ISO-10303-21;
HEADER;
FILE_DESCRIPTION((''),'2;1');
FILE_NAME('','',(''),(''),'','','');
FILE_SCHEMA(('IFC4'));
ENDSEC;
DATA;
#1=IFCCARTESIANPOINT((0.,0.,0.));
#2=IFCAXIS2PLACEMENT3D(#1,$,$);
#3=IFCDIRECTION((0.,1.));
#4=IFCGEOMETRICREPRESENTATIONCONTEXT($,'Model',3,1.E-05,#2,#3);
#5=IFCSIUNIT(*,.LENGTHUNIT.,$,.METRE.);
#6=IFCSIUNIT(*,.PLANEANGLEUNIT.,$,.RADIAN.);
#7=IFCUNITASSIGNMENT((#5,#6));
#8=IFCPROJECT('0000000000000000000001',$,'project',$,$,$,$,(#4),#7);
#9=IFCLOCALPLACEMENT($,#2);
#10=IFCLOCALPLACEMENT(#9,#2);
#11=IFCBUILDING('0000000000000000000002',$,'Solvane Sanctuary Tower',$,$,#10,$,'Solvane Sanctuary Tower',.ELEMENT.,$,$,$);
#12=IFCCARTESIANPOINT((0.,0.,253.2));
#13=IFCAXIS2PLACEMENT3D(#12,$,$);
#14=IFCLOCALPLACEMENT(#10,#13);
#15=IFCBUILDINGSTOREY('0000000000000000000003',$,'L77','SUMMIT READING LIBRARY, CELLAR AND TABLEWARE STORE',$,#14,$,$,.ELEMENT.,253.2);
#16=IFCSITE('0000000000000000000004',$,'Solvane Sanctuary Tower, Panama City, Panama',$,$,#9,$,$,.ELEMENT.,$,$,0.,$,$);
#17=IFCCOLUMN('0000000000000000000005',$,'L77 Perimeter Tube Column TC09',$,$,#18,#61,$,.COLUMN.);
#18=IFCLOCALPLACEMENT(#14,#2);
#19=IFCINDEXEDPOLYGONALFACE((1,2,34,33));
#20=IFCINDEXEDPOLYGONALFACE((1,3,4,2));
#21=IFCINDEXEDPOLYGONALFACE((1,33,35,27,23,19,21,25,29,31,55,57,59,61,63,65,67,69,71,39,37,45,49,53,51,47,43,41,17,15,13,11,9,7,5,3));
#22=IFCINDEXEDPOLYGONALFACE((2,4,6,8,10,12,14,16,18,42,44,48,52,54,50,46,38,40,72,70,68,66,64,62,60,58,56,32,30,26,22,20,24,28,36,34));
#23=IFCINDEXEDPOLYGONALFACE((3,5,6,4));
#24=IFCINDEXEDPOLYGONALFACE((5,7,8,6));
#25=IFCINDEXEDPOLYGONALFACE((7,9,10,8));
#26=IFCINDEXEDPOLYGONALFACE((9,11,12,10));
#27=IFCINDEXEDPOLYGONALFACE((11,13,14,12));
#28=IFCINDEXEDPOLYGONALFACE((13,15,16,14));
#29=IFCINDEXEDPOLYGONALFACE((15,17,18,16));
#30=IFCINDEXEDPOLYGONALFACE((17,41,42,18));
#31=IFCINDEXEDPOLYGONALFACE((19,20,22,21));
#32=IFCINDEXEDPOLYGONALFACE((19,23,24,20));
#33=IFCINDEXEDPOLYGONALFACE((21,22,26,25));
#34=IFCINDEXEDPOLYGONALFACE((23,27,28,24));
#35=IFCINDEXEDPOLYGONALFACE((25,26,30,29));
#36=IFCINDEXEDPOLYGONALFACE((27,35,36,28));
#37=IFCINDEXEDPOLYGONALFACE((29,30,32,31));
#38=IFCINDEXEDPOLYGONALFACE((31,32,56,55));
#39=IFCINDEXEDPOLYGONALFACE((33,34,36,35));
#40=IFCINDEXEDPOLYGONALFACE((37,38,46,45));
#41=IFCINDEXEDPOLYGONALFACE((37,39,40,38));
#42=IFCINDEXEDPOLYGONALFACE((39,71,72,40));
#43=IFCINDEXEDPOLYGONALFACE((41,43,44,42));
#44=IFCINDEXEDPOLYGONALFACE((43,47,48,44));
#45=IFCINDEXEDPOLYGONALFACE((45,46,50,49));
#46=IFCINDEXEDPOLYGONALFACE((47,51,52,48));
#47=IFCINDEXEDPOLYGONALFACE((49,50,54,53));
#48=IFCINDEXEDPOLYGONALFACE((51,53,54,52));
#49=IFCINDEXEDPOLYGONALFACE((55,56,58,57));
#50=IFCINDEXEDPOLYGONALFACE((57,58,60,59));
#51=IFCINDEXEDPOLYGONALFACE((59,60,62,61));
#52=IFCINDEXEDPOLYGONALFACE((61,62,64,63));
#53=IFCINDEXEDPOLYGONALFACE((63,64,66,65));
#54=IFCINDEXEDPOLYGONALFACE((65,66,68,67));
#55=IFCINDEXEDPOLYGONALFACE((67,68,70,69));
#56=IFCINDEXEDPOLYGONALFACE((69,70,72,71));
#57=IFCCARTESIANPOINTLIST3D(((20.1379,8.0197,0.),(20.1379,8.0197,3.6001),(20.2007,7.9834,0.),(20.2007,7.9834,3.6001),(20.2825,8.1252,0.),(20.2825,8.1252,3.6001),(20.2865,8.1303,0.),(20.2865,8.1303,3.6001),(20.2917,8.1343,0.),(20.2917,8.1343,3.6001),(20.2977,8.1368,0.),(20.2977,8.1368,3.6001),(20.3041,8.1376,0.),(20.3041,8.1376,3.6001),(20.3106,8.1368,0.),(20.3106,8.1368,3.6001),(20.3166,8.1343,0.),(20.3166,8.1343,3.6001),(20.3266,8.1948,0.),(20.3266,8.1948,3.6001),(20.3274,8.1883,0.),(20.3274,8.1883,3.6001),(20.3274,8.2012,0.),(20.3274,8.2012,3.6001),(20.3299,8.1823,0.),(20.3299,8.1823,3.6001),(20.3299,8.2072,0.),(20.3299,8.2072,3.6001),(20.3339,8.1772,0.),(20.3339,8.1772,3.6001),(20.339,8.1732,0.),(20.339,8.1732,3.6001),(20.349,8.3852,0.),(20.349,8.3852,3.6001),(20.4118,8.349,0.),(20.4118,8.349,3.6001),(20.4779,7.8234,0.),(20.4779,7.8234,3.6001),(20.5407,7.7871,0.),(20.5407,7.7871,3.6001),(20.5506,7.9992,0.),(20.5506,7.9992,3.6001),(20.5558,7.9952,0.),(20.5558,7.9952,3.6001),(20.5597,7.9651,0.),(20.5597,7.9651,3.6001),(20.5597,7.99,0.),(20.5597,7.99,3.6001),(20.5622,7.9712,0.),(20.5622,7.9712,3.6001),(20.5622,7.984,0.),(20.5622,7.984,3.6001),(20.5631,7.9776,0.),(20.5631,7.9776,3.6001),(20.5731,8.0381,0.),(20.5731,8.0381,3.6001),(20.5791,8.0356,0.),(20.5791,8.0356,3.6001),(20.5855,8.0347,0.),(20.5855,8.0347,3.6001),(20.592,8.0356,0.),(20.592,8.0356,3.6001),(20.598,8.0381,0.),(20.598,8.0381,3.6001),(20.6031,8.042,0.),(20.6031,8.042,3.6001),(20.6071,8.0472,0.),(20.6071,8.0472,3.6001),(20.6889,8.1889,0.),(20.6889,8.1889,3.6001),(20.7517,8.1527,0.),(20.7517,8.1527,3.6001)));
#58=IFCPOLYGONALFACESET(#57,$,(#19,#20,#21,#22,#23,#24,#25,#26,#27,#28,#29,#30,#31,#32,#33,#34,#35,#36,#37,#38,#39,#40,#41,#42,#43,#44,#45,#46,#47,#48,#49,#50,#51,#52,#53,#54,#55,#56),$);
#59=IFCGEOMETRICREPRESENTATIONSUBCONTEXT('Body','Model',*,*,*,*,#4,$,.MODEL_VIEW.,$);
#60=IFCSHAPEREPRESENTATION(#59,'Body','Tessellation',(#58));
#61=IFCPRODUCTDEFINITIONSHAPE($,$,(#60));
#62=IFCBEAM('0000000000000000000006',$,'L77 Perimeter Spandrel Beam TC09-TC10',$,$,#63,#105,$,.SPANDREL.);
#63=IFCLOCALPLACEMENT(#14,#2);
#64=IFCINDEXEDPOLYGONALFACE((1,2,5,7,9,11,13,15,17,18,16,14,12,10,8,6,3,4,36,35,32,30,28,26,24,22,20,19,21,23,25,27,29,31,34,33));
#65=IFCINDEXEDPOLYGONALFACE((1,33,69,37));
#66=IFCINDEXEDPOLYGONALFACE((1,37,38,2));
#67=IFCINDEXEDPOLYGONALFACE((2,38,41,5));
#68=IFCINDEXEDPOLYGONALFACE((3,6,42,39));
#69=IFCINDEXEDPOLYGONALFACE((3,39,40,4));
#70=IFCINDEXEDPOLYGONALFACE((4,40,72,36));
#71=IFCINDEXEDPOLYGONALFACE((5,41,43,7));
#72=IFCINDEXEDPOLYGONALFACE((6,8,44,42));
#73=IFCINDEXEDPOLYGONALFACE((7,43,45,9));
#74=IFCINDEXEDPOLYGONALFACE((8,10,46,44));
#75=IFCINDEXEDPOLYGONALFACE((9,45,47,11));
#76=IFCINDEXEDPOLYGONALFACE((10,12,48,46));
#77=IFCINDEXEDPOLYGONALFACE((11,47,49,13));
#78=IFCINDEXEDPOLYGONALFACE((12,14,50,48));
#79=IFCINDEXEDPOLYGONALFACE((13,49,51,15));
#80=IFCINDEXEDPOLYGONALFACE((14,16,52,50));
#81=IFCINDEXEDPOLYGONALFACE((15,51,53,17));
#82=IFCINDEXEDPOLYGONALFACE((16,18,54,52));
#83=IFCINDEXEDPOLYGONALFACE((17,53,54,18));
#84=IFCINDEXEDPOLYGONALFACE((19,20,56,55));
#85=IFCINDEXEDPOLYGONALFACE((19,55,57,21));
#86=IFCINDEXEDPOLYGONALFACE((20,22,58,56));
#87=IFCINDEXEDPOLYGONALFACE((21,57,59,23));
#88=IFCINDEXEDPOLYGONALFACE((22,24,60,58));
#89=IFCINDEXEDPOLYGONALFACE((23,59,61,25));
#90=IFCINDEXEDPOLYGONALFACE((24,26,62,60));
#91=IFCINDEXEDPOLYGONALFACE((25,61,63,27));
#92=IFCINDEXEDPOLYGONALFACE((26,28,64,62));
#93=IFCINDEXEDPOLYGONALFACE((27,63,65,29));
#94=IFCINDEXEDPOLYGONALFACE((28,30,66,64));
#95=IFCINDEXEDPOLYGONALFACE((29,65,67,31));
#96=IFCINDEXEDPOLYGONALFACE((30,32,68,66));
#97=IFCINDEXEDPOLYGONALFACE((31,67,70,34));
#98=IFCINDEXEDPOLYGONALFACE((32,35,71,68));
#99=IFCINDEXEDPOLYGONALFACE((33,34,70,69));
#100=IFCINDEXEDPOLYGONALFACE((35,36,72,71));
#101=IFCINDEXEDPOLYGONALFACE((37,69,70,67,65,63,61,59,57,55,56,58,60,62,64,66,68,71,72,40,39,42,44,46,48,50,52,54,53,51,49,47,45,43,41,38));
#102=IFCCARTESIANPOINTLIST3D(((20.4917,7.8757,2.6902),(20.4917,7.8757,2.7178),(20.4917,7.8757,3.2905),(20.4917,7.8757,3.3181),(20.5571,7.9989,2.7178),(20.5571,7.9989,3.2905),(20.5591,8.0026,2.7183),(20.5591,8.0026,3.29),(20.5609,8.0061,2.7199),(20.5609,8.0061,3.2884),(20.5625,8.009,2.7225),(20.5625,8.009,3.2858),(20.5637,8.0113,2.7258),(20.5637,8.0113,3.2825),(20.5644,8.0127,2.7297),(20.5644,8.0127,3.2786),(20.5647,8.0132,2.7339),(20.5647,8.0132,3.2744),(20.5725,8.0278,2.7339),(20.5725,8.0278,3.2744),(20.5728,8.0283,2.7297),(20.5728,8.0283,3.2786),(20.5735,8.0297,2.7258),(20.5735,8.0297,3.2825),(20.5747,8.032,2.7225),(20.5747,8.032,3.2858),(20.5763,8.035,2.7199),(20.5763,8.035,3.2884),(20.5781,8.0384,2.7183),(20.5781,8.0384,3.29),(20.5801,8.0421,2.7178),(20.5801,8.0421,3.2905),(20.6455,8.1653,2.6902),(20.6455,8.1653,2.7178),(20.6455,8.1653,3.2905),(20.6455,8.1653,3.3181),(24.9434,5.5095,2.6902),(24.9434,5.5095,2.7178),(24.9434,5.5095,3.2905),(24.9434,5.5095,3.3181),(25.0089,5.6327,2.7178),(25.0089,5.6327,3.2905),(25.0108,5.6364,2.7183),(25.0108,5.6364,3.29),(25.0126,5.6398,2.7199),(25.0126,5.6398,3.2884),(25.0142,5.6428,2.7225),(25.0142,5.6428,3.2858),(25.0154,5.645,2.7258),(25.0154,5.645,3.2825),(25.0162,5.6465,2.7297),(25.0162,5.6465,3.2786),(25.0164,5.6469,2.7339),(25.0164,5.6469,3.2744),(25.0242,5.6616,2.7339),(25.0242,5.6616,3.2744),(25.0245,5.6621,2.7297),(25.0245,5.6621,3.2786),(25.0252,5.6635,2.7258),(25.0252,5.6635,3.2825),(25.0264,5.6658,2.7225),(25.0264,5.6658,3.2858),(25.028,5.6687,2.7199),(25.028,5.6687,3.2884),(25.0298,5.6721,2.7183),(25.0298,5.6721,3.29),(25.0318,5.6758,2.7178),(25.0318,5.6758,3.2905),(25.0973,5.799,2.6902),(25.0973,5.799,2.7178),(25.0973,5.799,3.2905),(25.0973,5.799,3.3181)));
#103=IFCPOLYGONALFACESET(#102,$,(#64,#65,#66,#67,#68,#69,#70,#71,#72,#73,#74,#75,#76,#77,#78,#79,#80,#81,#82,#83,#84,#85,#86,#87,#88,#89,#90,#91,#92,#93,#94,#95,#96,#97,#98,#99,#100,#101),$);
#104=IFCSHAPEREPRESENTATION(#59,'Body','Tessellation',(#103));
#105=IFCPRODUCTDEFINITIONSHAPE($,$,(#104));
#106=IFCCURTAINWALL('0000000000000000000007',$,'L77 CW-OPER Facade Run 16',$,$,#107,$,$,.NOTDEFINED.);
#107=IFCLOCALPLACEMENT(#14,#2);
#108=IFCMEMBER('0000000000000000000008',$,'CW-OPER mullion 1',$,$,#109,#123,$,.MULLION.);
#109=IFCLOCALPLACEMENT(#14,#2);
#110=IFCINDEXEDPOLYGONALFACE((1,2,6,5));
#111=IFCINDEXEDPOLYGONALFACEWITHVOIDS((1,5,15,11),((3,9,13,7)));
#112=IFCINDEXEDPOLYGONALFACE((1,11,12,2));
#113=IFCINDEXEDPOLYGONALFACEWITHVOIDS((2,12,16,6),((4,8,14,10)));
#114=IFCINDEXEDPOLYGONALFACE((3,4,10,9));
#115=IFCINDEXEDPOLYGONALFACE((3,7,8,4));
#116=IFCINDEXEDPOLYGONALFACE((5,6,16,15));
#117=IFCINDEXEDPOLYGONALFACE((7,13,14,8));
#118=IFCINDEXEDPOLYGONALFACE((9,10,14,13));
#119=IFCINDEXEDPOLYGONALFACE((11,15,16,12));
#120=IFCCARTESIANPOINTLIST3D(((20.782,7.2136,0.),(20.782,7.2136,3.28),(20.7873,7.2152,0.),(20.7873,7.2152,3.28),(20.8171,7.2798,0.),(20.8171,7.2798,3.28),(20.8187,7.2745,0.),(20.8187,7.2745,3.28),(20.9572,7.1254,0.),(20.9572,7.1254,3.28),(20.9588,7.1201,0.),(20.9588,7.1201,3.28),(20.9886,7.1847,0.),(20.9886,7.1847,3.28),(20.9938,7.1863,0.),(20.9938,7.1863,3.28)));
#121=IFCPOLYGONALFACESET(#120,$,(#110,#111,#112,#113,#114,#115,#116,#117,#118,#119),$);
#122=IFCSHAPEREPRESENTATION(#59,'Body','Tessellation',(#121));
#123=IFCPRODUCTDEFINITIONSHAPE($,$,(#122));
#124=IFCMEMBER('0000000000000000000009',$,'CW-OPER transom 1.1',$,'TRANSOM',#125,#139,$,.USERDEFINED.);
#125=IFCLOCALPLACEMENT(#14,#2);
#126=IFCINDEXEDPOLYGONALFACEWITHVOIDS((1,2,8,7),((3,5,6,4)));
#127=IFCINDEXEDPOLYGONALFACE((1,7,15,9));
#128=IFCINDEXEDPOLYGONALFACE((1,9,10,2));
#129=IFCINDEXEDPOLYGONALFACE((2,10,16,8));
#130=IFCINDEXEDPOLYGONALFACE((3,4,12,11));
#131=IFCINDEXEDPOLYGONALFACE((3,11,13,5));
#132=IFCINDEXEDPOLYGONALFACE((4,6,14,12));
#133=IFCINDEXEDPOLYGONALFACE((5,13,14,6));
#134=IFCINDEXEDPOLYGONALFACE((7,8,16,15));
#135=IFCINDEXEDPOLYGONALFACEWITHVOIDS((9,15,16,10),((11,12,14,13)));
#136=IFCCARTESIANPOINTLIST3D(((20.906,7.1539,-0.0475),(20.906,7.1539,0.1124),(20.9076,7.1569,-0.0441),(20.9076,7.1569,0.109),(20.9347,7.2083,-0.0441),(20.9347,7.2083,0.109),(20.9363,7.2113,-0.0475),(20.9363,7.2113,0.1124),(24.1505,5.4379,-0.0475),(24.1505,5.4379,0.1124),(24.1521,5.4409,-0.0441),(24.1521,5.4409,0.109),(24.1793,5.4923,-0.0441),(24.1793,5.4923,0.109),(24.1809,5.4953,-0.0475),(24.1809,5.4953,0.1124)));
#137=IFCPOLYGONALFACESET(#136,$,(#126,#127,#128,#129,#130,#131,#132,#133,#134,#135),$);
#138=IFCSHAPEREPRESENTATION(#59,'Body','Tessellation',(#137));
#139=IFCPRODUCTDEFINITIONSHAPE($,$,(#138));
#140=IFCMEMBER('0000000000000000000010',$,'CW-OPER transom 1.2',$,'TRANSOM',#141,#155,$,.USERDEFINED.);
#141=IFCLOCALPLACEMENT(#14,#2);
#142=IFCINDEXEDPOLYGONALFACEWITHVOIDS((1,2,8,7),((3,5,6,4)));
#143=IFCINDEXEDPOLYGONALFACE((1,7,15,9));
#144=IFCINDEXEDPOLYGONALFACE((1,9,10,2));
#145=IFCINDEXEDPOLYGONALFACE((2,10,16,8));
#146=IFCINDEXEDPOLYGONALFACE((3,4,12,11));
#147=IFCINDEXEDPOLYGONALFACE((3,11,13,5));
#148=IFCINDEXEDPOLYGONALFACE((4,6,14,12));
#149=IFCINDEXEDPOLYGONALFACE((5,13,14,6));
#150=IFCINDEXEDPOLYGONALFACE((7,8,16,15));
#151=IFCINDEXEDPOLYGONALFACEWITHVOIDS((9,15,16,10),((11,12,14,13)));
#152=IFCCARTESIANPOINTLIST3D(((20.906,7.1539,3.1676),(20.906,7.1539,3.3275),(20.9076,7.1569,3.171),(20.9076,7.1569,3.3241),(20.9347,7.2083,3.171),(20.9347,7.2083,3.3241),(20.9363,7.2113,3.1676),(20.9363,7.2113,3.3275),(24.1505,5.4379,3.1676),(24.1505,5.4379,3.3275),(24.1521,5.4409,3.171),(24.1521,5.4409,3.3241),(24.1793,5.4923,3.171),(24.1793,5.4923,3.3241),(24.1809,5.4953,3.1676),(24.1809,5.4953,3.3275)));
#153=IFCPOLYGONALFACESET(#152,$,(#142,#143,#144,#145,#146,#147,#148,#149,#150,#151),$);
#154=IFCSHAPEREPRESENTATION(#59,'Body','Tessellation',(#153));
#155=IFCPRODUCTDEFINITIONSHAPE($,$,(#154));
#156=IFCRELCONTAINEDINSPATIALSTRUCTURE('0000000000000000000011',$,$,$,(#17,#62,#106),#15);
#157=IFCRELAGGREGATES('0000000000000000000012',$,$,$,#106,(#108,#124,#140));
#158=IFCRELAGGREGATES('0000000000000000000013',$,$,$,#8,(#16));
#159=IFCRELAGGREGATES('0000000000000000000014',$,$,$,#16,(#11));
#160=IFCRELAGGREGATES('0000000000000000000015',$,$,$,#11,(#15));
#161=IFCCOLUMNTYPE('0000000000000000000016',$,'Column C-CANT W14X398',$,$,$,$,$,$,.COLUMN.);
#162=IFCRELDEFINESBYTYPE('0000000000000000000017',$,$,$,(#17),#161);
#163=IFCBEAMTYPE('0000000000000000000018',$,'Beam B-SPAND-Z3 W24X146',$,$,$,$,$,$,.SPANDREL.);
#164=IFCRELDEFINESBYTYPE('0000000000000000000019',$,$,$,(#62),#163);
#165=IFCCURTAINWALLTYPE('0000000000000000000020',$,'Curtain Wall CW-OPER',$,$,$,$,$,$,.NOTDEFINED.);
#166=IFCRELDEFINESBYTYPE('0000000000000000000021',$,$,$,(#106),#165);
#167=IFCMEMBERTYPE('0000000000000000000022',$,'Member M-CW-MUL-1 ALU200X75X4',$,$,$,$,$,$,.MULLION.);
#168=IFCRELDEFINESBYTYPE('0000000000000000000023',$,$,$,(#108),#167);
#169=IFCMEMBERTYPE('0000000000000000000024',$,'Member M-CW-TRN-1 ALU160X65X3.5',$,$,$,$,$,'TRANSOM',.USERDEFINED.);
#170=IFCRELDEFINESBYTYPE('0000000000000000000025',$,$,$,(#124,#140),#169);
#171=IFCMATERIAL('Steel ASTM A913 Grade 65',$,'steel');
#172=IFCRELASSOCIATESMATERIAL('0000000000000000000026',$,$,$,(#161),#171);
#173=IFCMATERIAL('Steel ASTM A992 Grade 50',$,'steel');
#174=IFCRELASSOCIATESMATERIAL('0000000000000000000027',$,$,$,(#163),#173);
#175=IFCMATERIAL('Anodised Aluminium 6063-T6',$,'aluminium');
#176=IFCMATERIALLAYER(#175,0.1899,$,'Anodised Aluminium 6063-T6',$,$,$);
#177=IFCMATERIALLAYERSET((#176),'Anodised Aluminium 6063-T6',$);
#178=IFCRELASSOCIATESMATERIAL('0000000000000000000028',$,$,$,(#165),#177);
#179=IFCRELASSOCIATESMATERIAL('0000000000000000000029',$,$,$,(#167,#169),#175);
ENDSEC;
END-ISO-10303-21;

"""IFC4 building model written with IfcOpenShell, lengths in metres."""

from ifc_helpers import new_model, si_unit, direction, frame, origin, origin_2d, place, context, subcontext, project, spatial, hollow_rectangle, i_section, extrude, material, layer, layer_set, material_profile, profile_set, type_object, element, aggregate, save


model = new_model("IFC4")

# Units and contexts
model_context = context("Model", 3, precision=1e-05, world=origin(), true_north=direction((0.0, 1.0)))
body_context = subcontext(model_context, "Body", "Model", "MODEL_VIEW")
ifc_project = project(units=[si_unit("LENGTHUNIT", "METRE"), si_unit("PLANEANGLEUNIT", "RADIAN")], contexts=[model_context])

# Site, building, storey
site_placement = place(None, origin())
site = spatial("IfcSite", under=ifc_project, at=site_placement, Name="Solvane Sanctuary Tower, Panama City, Panama", CompositionType="ELEMENT", RefElevation=0.0)
building_placement = place(site_placement, origin())
building = spatial("IfcBuilding", under=site, at=building_placement, Name="Solvane Sanctuary Tower", LongName="Solvane Sanctuary Tower", CompositionType="ELEMENT")
storey_placement = place(building_placement, frame((0.0, 0.0, 253.2)))
storey = spatial("IfcBuildingStorey", under=building, at=storey_placement, Name="L77", Description="SUMMIT READING LIBRARY, CELLAR AND TABLEWARE STORE", CompositionType="ELEMENT", Elevation=253.2)

# Column
ifc_material_1 = material(Name="Steel ASTM A913 Grade 65", Category="steel")
ifc_material_profile_1 = material_profile(ifc_material_1, i_section(OverallWidth=0.4221, OverallDepth=0.4651, WebThickness=0.0449, FlangeThickness=0.0725, FilletRadius=0.0249, at=origin_2d()), Name="W14X398")
ifc_profile_set_1 = profile_set([ifc_material_profile_1], Name="Steel ASTM A913 Grade 65")
column_type = type_object("IfcColumnType", Name="Column C-CANT W14X398", PredefinedType="COLUMN", material=ifc_profile_set_1)
column_placement = place(storey_placement, frame((20.4448, 8.0862, 0.0), z_axis=(0.0, 0.0, 1.0), x_axis=(-0.5, -0.866025, 0.0)))
element("IfcColumn", 1, at=column_placement, inside=storey, type_object=column_type, Name="L77 Perimeter Tube Column TC09", PredefinedType="COLUMN", context=body_context, shape_type="SweptSolid", body=[
    extrude(i_section(OverallWidth=0.4221, OverallDepth=0.4651, WebThickness=0.0449, FlangeThickness=0.0725, FilletRadius=0.0249, at=origin_2d()), origin(), (0.0, 0.0, 1.0), 3.6001),
])

# Beam
ifc_material_2 = material(Name="Steel ASTM A992 Grade 50", Category="steel")
ifc_material_profile_2 = material_profile(ifc_material_2, i_section(OverallWidth=0.3279, OverallDepth=0.6279, WebThickness=0.0166, FlangeThickness=0.0276, FilletRadius=0.0161, at=origin_2d()), Name="W24X146")
ifc_profile_set_2 = profile_set([ifc_material_profile_2], Name="Steel ASTM A992 Grade 50")
beam_type = type_object("IfcBeamType", Name="Beam B-SPAND-Z3 W24X146", PredefinedType="SPANDREL", material=ifc_profile_set_2)
beam_placement = place(storey_placement, frame((20.5686, 8.0205, 3.0042), z_axis=(0.883012, -0.469351, 0.0), x_axis=(0.469351, 0.883012, 0.0)))
element("IfcBeam", 2, at=beam_placement, inside=storey, type_object=beam_type, Name="L77 Perimeter Spandrel Beam TC09-TC10", PredefinedType="SPANDREL", context=body_context, shape_type="SweptSolid", body=[
    extrude(i_section(OverallWidth=0.3279, OverallDepth=0.6279, WebThickness=0.0166, FlangeThickness=0.0276, FilletRadius=0.0161, at=origin_2d()), origin(), (0.0, 0.0, 1.0), 5.0415),
])

# Curtain wall, members
ifc_material_3 = material(Name="Anodised Aluminium 6063-T6", Category="aluminium")
ifc_layer_1 = layer(ifc_material_3, 0.1899, Name="Anodised Aluminium 6063-T6")
ifc_layer_set_1 = layer_set([ifc_layer_1], Name="Anodised Aluminium 6063-T6")
curtain_wall_type = type_object("IfcCurtainWallType", Name="Curtain Wall CW-OPER", PredefinedType="NOTDEFINED", material=ifc_layer_set_1)
curtain_wall_placement = place(storey_placement, origin())
curtain_wall = element("IfcCurtainWall", 3, at=curtain_wall_placement, inside=storey, type_object=curtain_wall_type, Name="L77 CW-OPER Facade Run 16", PredefinedType="NOTDEFINED")
ifc_material_profile_3 = material_profile(ifc_material_3, hollow_rectangle(XDim=0.075, YDim=0.2, WallThickness=0.0039, at=origin_2d()), Name="ALU200X75X4")
ifc_profile_set_3 = profile_set([ifc_material_profile_3], Name="Anodised Aluminium 6063-T6")
member_type_1 = type_object("IfcMemberType", Name="Member M-CW-MUL-1 ALU200X75X4", PredefinedType="MULLION", material=ifc_profile_set_3)
member_1_placement = place(storey_placement, frame((20.8879, 7.2, 0.0), z_axis=(0.0, 0.0, 1.0), x_axis=(0.467523, 0.883981, 0.0)))
member_1 = element("IfcMember", 4, at=member_1_placement, type_object=member_type_1, Name="CW-OPER mullion 1", PredefinedType="MULLION", context=body_context, shape_type="SweptSolid", body=[
    extrude(hollow_rectangle(XDim=0.075, YDim=0.2, WallThickness=0.0039, at=origin_2d()), origin(), (0.0, 0.0, 1.0), 3.28),
])
ifc_material_profile_4 = material_profile(ifc_material_3, hollow_rectangle(XDim=0.0649, YDim=0.1599, WallThickness=0.0034, at=origin_2d()), Name="ALU160X65X3.5")
ifc_profile_set_4 = profile_set([ifc_material_profile_4], Name="Anodised Aluminium 6063-T6")
member_type_2 = type_object("IfcMemberType", Name="Member M-CW-TRN-1 ALU160X65X3.5", ElementType="TRANSOM", PredefinedType="USERDEFINED", material=ifc_profile_set_4)
member_2_placement = place(storey_placement, frame((20.9211, 7.1826, 0.0325), z_axis=(0.883977, -0.46753, 0.0), x_axis=(0.46753, 0.883977, 0.0)))
member_2 = element("IfcMember", 5, at=member_2_placement, type_object=member_type_2, Name="CW-OPER transom 1.1", ObjectType="TRANSOM", PredefinedType="USERDEFINED", context=body_context, shape_type="SweptSolid", body=[
    extrude(hollow_rectangle(XDim=0.0649, YDim=0.1599, WallThickness=0.0034, at=origin_2d()), origin(), (0.0, 0.0, 1.0), 3.6704),
])
member_3_placement = place(storey_placement, frame((20.9211, 7.1826, 3.2476), z_axis=(0.883977, -0.46753, 0.0), x_axis=(0.46753, 0.883977, 0.0)))
member_3 = element("IfcMember", 6, at=member_3_placement, type_object=member_type_2, Name="CW-OPER transom 1.2", ObjectType="TRANSOM", PredefinedType="USERDEFINED", context=body_context, shape_type="SweptSolid", body=[
    extrude(hollow_rectangle(XDim=0.0649, YDim=0.1599, WallThickness=0.0034, at=origin_2d()), origin(), (0.0, 0.0, 1.0), 3.6704),
])
aggregate(curtain_wall, [member_1, member_2, member_3])

save(model, "model.ifc")
